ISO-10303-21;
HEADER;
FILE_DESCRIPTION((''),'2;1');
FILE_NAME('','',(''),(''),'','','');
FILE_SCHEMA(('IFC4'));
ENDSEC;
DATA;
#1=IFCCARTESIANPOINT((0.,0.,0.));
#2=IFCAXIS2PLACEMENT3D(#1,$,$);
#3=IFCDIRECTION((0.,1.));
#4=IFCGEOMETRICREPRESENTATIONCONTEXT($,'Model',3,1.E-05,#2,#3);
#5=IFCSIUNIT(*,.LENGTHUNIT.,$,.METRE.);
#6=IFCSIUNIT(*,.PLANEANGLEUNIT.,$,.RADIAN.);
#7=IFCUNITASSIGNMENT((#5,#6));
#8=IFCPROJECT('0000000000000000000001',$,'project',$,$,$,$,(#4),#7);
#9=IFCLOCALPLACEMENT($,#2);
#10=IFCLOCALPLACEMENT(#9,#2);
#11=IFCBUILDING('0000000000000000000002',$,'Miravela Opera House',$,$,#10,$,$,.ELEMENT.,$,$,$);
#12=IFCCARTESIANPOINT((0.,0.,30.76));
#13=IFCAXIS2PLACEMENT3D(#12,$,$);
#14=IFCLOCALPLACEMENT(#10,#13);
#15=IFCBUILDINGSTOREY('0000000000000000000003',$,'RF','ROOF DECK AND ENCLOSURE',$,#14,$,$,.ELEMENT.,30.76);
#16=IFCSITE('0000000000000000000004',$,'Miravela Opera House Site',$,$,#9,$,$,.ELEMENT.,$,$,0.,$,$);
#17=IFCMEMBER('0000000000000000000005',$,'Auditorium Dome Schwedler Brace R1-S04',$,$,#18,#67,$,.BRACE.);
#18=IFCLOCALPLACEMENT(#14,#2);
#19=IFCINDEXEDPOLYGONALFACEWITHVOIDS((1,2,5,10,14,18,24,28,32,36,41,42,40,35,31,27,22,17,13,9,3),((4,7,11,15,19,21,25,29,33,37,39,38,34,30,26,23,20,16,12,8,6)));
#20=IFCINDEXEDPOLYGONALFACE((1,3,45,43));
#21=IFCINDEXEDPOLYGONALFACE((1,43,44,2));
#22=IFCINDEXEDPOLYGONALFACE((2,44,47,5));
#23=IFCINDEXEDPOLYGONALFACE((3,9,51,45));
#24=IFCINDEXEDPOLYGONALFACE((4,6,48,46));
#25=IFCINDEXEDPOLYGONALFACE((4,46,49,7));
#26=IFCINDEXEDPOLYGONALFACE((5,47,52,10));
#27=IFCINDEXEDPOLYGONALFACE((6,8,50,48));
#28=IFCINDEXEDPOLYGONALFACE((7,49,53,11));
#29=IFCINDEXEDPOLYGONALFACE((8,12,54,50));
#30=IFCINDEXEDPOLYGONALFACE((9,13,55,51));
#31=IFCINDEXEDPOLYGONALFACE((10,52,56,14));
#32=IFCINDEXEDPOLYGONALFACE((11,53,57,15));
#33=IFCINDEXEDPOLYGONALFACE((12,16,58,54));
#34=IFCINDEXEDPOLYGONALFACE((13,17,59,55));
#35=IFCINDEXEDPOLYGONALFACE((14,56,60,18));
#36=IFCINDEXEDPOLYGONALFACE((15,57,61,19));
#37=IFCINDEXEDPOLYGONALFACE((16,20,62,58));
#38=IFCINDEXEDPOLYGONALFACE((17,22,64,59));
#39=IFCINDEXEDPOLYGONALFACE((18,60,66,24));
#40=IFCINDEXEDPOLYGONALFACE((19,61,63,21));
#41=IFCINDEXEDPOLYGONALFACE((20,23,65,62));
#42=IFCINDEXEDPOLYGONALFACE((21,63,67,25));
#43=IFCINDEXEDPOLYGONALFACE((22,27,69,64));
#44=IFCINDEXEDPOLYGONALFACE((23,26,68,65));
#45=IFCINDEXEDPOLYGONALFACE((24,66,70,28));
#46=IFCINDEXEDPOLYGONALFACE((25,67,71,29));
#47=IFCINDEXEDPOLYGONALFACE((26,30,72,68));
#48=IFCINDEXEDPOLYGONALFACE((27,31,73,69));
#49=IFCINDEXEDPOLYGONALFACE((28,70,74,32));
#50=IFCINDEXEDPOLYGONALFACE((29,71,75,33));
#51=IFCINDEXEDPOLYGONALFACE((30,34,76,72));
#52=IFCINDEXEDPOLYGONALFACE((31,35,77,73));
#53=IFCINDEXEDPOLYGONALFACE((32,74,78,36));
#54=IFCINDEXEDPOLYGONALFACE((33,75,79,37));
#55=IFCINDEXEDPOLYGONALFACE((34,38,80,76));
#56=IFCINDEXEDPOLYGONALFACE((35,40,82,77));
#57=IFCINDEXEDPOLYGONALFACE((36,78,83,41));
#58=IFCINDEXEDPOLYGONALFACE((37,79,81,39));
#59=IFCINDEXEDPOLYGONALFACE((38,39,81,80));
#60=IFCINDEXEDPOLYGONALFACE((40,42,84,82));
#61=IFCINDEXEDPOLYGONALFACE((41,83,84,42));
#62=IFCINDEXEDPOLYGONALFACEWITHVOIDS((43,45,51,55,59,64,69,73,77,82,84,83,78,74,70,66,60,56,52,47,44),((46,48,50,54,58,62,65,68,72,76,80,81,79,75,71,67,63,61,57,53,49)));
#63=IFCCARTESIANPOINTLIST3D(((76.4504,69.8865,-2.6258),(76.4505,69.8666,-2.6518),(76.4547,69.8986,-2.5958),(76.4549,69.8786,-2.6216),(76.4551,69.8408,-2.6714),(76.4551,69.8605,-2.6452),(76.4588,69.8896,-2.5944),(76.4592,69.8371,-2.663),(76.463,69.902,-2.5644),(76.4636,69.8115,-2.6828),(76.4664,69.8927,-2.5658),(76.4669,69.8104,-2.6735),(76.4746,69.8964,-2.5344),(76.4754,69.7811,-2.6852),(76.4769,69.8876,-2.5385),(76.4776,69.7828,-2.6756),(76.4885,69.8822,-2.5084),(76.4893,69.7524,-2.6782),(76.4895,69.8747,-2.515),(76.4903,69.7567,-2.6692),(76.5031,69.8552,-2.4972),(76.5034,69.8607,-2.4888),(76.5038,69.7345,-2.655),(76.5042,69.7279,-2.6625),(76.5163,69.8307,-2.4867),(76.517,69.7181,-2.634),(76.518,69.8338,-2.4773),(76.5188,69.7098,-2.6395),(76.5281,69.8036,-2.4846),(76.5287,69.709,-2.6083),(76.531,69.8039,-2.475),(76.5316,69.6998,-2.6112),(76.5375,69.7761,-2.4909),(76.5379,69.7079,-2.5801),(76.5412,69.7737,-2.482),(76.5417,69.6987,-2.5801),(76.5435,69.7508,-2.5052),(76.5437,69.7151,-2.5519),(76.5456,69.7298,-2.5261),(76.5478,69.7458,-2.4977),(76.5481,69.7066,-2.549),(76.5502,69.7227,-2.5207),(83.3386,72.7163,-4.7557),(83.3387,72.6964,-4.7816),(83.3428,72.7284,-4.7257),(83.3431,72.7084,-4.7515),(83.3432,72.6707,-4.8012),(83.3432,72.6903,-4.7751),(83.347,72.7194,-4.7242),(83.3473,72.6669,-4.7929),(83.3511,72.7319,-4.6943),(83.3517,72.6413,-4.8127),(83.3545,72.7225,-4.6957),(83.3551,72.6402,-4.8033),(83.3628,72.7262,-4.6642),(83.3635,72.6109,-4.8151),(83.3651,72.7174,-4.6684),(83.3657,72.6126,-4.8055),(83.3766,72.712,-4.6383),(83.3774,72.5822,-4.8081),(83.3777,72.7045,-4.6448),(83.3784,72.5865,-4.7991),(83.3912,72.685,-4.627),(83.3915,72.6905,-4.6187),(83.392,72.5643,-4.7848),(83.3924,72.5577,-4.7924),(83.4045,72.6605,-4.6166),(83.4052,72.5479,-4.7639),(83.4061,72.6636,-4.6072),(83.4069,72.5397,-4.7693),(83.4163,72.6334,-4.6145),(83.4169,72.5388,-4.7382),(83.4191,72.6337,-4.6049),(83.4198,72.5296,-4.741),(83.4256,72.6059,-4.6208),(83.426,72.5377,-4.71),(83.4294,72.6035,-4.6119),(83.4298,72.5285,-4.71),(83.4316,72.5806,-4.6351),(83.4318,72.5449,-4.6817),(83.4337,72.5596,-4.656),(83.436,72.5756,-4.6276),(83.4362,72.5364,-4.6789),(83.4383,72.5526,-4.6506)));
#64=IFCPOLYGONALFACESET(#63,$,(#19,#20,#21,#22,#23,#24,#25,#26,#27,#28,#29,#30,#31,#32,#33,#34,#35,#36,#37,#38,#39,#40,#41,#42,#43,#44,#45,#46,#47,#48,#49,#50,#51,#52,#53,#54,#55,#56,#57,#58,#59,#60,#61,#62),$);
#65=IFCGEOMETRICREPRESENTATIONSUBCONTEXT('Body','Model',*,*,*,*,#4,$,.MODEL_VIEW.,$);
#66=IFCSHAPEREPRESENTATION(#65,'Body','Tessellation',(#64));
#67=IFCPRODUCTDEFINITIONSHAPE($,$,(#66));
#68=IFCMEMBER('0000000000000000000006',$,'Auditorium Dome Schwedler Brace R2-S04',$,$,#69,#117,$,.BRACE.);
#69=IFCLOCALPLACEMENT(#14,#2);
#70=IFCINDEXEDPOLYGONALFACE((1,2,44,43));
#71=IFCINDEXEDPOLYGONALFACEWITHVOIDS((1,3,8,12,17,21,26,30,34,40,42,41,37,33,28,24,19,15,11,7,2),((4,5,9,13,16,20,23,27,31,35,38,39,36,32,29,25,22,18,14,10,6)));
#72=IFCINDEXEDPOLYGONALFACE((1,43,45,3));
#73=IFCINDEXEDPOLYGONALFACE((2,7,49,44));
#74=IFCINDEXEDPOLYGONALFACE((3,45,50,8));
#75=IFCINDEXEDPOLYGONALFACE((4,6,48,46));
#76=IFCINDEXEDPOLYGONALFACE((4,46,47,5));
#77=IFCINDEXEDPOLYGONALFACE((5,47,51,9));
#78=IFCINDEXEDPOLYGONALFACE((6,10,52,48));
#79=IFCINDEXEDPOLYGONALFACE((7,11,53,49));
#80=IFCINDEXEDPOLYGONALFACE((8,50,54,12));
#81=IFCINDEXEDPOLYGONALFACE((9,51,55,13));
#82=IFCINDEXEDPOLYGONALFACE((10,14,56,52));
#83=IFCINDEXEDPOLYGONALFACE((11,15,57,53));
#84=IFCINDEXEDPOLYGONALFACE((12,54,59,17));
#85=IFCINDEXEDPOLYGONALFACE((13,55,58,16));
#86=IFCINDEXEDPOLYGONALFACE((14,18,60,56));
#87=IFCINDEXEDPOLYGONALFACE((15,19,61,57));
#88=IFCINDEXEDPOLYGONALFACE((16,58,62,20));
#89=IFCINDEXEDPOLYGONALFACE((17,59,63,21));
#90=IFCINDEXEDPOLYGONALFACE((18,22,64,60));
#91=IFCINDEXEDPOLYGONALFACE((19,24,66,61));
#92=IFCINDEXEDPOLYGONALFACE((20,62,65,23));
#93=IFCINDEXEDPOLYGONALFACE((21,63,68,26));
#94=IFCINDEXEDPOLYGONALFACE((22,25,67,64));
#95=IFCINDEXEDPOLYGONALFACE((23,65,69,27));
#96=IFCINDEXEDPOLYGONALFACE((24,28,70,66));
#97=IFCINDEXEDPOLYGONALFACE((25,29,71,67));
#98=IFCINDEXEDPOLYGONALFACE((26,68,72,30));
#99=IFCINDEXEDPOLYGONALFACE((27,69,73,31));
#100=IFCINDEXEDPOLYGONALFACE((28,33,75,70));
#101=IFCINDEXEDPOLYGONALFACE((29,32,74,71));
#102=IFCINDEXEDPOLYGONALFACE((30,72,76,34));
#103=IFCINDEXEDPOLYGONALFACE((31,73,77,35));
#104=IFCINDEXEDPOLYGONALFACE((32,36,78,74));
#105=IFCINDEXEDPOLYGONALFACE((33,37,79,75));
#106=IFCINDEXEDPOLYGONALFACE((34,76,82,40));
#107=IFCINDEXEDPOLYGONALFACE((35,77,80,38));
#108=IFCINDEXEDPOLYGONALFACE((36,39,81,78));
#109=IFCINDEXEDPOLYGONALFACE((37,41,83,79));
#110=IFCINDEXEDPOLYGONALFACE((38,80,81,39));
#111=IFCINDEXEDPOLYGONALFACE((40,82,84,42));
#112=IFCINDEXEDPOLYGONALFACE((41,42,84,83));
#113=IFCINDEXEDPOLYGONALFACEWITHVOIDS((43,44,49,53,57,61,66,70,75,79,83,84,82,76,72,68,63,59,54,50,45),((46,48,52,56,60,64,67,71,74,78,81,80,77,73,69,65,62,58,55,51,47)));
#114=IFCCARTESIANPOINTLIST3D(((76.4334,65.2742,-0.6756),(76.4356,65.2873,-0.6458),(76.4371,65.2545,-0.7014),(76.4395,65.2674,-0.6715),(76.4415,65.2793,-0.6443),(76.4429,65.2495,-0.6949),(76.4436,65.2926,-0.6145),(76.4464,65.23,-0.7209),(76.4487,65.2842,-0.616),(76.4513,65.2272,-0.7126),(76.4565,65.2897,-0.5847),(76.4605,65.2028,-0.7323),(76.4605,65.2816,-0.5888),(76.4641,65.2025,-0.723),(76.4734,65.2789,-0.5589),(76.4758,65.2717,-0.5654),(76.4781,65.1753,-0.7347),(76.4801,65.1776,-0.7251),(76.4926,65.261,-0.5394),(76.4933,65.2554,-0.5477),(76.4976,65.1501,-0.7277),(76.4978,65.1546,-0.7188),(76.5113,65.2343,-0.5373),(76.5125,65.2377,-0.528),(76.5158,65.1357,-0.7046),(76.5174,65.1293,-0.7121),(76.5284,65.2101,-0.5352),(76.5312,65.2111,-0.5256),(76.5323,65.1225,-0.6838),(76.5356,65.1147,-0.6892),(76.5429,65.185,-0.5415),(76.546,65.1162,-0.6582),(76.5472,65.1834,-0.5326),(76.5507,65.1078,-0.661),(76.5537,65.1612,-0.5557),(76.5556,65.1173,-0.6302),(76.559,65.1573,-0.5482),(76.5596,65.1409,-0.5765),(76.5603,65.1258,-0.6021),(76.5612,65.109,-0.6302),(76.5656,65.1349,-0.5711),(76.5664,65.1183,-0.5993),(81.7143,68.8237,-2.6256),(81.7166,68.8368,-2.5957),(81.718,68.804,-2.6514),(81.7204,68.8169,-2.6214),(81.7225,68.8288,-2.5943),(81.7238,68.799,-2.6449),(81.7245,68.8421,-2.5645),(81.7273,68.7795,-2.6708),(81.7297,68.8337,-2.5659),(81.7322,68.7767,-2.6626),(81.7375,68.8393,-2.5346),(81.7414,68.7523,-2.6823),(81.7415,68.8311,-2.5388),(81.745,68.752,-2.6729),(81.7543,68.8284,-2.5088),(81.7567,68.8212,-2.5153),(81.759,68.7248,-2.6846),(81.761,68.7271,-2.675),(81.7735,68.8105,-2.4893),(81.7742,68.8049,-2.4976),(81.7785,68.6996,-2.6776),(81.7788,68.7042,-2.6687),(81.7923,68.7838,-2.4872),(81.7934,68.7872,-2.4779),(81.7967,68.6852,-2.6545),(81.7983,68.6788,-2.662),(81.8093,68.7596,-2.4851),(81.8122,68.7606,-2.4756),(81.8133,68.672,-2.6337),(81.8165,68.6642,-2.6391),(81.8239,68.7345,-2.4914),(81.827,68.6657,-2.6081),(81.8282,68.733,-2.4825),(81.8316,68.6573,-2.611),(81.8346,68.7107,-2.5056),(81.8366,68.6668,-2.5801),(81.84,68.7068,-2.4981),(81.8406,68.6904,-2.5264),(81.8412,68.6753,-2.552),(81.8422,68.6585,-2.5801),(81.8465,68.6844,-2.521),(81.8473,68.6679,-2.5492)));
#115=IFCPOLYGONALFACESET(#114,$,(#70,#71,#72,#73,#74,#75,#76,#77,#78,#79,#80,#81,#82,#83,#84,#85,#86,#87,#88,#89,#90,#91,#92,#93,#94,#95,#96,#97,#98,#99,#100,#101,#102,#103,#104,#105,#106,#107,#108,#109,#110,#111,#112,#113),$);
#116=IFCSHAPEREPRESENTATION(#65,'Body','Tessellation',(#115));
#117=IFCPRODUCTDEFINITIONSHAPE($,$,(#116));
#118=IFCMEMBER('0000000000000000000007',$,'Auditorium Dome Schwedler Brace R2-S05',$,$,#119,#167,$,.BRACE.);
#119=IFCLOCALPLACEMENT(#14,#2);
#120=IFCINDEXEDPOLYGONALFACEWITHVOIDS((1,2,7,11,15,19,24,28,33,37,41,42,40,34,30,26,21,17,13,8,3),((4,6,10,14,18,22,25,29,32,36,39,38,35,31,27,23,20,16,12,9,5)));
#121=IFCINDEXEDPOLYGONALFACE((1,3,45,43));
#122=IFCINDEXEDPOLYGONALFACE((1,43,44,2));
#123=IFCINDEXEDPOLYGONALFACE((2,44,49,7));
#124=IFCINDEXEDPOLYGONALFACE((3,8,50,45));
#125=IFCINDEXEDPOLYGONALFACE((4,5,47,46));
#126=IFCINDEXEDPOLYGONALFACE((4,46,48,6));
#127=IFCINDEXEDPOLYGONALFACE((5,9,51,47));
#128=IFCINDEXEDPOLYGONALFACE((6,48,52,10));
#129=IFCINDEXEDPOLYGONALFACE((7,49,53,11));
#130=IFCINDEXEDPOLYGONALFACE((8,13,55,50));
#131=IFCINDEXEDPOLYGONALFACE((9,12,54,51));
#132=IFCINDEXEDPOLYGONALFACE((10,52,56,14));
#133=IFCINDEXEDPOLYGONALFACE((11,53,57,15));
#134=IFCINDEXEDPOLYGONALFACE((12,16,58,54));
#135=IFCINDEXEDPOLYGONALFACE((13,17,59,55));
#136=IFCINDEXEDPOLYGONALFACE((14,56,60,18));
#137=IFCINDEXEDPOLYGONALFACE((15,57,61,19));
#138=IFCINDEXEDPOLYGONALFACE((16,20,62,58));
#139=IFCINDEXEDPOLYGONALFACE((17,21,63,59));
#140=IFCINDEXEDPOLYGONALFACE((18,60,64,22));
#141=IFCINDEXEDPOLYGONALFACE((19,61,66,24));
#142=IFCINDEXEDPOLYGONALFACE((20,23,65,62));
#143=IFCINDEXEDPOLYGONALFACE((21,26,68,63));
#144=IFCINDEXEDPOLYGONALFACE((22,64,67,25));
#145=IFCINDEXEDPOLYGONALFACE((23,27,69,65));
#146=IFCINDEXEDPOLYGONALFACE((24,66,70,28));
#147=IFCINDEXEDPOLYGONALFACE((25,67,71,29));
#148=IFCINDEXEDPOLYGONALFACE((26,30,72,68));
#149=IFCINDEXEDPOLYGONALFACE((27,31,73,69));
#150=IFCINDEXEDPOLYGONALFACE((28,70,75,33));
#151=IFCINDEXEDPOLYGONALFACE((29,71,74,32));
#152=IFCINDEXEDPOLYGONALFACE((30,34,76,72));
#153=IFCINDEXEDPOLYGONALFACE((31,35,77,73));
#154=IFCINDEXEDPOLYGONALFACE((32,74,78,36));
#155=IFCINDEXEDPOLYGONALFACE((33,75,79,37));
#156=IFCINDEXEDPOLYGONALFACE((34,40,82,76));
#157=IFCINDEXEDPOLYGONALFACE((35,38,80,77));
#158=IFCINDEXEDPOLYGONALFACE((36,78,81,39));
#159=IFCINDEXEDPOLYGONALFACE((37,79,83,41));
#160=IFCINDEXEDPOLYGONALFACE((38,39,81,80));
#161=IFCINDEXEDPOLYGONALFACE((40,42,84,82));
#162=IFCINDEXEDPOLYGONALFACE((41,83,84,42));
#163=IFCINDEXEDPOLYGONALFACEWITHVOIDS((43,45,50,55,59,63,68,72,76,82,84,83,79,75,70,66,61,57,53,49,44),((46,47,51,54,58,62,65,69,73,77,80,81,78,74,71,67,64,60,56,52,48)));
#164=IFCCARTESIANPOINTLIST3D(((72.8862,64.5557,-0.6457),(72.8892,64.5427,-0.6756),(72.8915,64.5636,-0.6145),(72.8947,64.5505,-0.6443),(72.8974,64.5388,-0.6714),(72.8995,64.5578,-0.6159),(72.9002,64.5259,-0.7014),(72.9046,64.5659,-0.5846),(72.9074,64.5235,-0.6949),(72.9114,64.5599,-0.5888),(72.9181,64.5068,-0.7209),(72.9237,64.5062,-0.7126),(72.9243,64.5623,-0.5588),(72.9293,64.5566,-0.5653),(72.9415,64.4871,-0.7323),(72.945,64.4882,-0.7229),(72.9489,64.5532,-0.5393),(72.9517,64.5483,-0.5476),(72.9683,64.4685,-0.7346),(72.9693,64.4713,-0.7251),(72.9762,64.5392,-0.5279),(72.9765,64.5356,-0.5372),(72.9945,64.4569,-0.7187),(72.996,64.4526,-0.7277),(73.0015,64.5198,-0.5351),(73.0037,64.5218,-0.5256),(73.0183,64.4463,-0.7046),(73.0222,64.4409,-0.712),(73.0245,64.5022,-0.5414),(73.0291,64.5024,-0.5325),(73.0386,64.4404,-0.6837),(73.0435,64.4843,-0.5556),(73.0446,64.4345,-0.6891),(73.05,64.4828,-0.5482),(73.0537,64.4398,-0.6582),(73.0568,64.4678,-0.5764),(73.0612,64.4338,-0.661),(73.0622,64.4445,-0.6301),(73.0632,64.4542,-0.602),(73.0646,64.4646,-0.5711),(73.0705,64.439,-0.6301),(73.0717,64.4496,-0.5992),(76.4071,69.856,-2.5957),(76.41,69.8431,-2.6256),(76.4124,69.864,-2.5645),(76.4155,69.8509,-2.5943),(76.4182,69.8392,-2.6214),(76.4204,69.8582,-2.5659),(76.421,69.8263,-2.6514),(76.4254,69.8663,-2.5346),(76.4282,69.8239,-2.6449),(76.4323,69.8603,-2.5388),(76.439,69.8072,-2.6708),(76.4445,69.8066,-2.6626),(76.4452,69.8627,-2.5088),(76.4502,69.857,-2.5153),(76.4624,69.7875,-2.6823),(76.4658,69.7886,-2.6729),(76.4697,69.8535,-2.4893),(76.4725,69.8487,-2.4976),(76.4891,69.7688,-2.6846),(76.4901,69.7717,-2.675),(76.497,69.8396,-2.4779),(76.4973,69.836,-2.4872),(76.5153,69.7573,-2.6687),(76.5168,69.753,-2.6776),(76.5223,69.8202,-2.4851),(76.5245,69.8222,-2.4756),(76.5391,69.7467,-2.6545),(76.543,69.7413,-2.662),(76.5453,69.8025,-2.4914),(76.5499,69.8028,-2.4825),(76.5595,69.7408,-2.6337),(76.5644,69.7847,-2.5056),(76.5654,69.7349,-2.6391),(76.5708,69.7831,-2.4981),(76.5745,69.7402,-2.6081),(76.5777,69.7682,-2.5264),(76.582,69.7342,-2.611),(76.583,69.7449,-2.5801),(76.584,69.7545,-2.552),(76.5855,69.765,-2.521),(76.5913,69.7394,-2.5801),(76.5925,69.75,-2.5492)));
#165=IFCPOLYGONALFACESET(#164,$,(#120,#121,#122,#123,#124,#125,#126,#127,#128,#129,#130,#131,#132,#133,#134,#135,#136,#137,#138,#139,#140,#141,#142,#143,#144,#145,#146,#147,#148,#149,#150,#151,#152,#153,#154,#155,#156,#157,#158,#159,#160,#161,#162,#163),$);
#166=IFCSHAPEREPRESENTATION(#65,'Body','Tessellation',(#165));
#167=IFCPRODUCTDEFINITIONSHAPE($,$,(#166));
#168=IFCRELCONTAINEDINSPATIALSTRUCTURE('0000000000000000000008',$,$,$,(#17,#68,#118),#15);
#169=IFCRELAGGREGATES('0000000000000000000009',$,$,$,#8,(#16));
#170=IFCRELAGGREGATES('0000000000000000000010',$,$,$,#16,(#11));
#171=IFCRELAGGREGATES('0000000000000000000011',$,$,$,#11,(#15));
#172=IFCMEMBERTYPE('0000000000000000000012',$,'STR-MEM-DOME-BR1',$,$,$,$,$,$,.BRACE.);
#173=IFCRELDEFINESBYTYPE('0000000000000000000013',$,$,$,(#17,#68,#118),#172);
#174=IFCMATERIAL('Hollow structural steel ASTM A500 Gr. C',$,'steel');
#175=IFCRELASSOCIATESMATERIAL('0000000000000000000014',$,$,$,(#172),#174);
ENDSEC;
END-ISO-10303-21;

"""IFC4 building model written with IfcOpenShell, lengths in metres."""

from ifc_helpers import new_model, si_unit, direction, frame, origin, origin_2d, place, context, subcontext, project, spatial, hollow_circle, extrude, material, material_profile, profile_set, type_object, element, save


model = new_model("IFC4")

# Units and contexts
model_context = context("Model", 3, precision=1e-05, world=origin(), true_north=direction((0.0, 1.0)))
body_context = subcontext(model_context, "Body", "Model", "MODEL_VIEW")
ifc_project = project(units=[si_unit("LENGTHUNIT", "METRE"), si_unit("PLANEANGLEUNIT", "RADIAN")], contexts=[model_context])

# Site, building, storey
site_placement = place(None, origin())
site = spatial("IfcSite", under=ifc_project, at=site_placement, Name="Miravela Opera House Site", CompositionType="ELEMENT", RefElevation=0.0)
building_placement = place(site_placement, origin())
building = spatial("IfcBuilding", under=site, at=building_placement, Name="Miravela Opera House", CompositionType="ELEMENT")
storey_placement = place(building_placement, frame((0.0, 0.0, 30.76)))
storey = spatial("IfcBuildingStorey", under=building, at=storey_placement, Name="RF", Description="ROOF DECK AND ENCLOSURE", CompositionType="ELEMENT", Elevation=30.76)

# Members
ifc_material_1 = material(Name="Hollow structural steel ASTM A500 Gr. C", Category="steel")
ifc_material_profile_1 = material_profile(ifc_material_1, hollow_circle(Radius=0.1096, WallThickness=0.01, at=origin_2d()), Name="CHS219X10")
ifc_profile_set_1 = profile_set([ifc_material_profile_1])
member_type_1 = type_object("IfcMemberType", Name="STR-MEM-DOME-BR1", PredefinedType="BRACE", material=ifc_profile_set_1)
member_1_placement = place(storey_placement, frame((83.3882, 72.6299, -4.71), z_axis=(-0.889324, -0.365356, 0.274986), x_axis=(0.380006, -0.924984, 0.0)))
element("IfcMember", 1, at=member_1_placement, inside=storey, type_object=member_type_1, Name="Auditorium Dome Schwedler Brace R1-S04", PredefinedType="BRACE", context=body_context, shape_type="SweptSolid", body=[
    extrude(hollow_circle(Radius=0.1096, WallThickness=0.01, at=origin_2d()), origin(), (0.0, 0.0, 1.0), 7.7454),
])
member_2_placement = place(storey_placement, frame((81.781, 68.7495, -2.5801), z_axis=(-0.793524, -0.533357, 0.293), x_axis=(0.55784, -0.829949, 0.0)))
element("IfcMember", 2, at=member_2_placement, inside=storey, type_object=member_type_1, Name="Auditorium Dome Schwedler Brace R2-S04", PredefinedType="BRACE", context=body_context, shape_type="SweptSolid", body=[
    extrude(hollow_circle(Radius=0.1096, WallThickness=0.01, at=origin_2d()), origin(), (0.0, 0.0, 1.0), 6.655),
])
member_3_placement = place(storey_placement, frame((76.5, 69.8, -2.5801), z_axis=(-0.529026, -0.796419, 0.292999), x_axis=(0.832976, -0.553309, 0.0)))
element("IfcMember", 3, at=member_3_placement, inside=storey, type_object=member_type_1, Name="Auditorium Dome Schwedler Brace R2-S05", PredefinedType="BRACE", context=body_context, shape_type="SweptSolid", body=[
    extrude(hollow_circle(Radius=0.1096, WallThickness=0.01, at=origin_2d()), origin(), (0.0, 0.0, 1.0), 6.6553),
])

save(model, "model.ifc")
